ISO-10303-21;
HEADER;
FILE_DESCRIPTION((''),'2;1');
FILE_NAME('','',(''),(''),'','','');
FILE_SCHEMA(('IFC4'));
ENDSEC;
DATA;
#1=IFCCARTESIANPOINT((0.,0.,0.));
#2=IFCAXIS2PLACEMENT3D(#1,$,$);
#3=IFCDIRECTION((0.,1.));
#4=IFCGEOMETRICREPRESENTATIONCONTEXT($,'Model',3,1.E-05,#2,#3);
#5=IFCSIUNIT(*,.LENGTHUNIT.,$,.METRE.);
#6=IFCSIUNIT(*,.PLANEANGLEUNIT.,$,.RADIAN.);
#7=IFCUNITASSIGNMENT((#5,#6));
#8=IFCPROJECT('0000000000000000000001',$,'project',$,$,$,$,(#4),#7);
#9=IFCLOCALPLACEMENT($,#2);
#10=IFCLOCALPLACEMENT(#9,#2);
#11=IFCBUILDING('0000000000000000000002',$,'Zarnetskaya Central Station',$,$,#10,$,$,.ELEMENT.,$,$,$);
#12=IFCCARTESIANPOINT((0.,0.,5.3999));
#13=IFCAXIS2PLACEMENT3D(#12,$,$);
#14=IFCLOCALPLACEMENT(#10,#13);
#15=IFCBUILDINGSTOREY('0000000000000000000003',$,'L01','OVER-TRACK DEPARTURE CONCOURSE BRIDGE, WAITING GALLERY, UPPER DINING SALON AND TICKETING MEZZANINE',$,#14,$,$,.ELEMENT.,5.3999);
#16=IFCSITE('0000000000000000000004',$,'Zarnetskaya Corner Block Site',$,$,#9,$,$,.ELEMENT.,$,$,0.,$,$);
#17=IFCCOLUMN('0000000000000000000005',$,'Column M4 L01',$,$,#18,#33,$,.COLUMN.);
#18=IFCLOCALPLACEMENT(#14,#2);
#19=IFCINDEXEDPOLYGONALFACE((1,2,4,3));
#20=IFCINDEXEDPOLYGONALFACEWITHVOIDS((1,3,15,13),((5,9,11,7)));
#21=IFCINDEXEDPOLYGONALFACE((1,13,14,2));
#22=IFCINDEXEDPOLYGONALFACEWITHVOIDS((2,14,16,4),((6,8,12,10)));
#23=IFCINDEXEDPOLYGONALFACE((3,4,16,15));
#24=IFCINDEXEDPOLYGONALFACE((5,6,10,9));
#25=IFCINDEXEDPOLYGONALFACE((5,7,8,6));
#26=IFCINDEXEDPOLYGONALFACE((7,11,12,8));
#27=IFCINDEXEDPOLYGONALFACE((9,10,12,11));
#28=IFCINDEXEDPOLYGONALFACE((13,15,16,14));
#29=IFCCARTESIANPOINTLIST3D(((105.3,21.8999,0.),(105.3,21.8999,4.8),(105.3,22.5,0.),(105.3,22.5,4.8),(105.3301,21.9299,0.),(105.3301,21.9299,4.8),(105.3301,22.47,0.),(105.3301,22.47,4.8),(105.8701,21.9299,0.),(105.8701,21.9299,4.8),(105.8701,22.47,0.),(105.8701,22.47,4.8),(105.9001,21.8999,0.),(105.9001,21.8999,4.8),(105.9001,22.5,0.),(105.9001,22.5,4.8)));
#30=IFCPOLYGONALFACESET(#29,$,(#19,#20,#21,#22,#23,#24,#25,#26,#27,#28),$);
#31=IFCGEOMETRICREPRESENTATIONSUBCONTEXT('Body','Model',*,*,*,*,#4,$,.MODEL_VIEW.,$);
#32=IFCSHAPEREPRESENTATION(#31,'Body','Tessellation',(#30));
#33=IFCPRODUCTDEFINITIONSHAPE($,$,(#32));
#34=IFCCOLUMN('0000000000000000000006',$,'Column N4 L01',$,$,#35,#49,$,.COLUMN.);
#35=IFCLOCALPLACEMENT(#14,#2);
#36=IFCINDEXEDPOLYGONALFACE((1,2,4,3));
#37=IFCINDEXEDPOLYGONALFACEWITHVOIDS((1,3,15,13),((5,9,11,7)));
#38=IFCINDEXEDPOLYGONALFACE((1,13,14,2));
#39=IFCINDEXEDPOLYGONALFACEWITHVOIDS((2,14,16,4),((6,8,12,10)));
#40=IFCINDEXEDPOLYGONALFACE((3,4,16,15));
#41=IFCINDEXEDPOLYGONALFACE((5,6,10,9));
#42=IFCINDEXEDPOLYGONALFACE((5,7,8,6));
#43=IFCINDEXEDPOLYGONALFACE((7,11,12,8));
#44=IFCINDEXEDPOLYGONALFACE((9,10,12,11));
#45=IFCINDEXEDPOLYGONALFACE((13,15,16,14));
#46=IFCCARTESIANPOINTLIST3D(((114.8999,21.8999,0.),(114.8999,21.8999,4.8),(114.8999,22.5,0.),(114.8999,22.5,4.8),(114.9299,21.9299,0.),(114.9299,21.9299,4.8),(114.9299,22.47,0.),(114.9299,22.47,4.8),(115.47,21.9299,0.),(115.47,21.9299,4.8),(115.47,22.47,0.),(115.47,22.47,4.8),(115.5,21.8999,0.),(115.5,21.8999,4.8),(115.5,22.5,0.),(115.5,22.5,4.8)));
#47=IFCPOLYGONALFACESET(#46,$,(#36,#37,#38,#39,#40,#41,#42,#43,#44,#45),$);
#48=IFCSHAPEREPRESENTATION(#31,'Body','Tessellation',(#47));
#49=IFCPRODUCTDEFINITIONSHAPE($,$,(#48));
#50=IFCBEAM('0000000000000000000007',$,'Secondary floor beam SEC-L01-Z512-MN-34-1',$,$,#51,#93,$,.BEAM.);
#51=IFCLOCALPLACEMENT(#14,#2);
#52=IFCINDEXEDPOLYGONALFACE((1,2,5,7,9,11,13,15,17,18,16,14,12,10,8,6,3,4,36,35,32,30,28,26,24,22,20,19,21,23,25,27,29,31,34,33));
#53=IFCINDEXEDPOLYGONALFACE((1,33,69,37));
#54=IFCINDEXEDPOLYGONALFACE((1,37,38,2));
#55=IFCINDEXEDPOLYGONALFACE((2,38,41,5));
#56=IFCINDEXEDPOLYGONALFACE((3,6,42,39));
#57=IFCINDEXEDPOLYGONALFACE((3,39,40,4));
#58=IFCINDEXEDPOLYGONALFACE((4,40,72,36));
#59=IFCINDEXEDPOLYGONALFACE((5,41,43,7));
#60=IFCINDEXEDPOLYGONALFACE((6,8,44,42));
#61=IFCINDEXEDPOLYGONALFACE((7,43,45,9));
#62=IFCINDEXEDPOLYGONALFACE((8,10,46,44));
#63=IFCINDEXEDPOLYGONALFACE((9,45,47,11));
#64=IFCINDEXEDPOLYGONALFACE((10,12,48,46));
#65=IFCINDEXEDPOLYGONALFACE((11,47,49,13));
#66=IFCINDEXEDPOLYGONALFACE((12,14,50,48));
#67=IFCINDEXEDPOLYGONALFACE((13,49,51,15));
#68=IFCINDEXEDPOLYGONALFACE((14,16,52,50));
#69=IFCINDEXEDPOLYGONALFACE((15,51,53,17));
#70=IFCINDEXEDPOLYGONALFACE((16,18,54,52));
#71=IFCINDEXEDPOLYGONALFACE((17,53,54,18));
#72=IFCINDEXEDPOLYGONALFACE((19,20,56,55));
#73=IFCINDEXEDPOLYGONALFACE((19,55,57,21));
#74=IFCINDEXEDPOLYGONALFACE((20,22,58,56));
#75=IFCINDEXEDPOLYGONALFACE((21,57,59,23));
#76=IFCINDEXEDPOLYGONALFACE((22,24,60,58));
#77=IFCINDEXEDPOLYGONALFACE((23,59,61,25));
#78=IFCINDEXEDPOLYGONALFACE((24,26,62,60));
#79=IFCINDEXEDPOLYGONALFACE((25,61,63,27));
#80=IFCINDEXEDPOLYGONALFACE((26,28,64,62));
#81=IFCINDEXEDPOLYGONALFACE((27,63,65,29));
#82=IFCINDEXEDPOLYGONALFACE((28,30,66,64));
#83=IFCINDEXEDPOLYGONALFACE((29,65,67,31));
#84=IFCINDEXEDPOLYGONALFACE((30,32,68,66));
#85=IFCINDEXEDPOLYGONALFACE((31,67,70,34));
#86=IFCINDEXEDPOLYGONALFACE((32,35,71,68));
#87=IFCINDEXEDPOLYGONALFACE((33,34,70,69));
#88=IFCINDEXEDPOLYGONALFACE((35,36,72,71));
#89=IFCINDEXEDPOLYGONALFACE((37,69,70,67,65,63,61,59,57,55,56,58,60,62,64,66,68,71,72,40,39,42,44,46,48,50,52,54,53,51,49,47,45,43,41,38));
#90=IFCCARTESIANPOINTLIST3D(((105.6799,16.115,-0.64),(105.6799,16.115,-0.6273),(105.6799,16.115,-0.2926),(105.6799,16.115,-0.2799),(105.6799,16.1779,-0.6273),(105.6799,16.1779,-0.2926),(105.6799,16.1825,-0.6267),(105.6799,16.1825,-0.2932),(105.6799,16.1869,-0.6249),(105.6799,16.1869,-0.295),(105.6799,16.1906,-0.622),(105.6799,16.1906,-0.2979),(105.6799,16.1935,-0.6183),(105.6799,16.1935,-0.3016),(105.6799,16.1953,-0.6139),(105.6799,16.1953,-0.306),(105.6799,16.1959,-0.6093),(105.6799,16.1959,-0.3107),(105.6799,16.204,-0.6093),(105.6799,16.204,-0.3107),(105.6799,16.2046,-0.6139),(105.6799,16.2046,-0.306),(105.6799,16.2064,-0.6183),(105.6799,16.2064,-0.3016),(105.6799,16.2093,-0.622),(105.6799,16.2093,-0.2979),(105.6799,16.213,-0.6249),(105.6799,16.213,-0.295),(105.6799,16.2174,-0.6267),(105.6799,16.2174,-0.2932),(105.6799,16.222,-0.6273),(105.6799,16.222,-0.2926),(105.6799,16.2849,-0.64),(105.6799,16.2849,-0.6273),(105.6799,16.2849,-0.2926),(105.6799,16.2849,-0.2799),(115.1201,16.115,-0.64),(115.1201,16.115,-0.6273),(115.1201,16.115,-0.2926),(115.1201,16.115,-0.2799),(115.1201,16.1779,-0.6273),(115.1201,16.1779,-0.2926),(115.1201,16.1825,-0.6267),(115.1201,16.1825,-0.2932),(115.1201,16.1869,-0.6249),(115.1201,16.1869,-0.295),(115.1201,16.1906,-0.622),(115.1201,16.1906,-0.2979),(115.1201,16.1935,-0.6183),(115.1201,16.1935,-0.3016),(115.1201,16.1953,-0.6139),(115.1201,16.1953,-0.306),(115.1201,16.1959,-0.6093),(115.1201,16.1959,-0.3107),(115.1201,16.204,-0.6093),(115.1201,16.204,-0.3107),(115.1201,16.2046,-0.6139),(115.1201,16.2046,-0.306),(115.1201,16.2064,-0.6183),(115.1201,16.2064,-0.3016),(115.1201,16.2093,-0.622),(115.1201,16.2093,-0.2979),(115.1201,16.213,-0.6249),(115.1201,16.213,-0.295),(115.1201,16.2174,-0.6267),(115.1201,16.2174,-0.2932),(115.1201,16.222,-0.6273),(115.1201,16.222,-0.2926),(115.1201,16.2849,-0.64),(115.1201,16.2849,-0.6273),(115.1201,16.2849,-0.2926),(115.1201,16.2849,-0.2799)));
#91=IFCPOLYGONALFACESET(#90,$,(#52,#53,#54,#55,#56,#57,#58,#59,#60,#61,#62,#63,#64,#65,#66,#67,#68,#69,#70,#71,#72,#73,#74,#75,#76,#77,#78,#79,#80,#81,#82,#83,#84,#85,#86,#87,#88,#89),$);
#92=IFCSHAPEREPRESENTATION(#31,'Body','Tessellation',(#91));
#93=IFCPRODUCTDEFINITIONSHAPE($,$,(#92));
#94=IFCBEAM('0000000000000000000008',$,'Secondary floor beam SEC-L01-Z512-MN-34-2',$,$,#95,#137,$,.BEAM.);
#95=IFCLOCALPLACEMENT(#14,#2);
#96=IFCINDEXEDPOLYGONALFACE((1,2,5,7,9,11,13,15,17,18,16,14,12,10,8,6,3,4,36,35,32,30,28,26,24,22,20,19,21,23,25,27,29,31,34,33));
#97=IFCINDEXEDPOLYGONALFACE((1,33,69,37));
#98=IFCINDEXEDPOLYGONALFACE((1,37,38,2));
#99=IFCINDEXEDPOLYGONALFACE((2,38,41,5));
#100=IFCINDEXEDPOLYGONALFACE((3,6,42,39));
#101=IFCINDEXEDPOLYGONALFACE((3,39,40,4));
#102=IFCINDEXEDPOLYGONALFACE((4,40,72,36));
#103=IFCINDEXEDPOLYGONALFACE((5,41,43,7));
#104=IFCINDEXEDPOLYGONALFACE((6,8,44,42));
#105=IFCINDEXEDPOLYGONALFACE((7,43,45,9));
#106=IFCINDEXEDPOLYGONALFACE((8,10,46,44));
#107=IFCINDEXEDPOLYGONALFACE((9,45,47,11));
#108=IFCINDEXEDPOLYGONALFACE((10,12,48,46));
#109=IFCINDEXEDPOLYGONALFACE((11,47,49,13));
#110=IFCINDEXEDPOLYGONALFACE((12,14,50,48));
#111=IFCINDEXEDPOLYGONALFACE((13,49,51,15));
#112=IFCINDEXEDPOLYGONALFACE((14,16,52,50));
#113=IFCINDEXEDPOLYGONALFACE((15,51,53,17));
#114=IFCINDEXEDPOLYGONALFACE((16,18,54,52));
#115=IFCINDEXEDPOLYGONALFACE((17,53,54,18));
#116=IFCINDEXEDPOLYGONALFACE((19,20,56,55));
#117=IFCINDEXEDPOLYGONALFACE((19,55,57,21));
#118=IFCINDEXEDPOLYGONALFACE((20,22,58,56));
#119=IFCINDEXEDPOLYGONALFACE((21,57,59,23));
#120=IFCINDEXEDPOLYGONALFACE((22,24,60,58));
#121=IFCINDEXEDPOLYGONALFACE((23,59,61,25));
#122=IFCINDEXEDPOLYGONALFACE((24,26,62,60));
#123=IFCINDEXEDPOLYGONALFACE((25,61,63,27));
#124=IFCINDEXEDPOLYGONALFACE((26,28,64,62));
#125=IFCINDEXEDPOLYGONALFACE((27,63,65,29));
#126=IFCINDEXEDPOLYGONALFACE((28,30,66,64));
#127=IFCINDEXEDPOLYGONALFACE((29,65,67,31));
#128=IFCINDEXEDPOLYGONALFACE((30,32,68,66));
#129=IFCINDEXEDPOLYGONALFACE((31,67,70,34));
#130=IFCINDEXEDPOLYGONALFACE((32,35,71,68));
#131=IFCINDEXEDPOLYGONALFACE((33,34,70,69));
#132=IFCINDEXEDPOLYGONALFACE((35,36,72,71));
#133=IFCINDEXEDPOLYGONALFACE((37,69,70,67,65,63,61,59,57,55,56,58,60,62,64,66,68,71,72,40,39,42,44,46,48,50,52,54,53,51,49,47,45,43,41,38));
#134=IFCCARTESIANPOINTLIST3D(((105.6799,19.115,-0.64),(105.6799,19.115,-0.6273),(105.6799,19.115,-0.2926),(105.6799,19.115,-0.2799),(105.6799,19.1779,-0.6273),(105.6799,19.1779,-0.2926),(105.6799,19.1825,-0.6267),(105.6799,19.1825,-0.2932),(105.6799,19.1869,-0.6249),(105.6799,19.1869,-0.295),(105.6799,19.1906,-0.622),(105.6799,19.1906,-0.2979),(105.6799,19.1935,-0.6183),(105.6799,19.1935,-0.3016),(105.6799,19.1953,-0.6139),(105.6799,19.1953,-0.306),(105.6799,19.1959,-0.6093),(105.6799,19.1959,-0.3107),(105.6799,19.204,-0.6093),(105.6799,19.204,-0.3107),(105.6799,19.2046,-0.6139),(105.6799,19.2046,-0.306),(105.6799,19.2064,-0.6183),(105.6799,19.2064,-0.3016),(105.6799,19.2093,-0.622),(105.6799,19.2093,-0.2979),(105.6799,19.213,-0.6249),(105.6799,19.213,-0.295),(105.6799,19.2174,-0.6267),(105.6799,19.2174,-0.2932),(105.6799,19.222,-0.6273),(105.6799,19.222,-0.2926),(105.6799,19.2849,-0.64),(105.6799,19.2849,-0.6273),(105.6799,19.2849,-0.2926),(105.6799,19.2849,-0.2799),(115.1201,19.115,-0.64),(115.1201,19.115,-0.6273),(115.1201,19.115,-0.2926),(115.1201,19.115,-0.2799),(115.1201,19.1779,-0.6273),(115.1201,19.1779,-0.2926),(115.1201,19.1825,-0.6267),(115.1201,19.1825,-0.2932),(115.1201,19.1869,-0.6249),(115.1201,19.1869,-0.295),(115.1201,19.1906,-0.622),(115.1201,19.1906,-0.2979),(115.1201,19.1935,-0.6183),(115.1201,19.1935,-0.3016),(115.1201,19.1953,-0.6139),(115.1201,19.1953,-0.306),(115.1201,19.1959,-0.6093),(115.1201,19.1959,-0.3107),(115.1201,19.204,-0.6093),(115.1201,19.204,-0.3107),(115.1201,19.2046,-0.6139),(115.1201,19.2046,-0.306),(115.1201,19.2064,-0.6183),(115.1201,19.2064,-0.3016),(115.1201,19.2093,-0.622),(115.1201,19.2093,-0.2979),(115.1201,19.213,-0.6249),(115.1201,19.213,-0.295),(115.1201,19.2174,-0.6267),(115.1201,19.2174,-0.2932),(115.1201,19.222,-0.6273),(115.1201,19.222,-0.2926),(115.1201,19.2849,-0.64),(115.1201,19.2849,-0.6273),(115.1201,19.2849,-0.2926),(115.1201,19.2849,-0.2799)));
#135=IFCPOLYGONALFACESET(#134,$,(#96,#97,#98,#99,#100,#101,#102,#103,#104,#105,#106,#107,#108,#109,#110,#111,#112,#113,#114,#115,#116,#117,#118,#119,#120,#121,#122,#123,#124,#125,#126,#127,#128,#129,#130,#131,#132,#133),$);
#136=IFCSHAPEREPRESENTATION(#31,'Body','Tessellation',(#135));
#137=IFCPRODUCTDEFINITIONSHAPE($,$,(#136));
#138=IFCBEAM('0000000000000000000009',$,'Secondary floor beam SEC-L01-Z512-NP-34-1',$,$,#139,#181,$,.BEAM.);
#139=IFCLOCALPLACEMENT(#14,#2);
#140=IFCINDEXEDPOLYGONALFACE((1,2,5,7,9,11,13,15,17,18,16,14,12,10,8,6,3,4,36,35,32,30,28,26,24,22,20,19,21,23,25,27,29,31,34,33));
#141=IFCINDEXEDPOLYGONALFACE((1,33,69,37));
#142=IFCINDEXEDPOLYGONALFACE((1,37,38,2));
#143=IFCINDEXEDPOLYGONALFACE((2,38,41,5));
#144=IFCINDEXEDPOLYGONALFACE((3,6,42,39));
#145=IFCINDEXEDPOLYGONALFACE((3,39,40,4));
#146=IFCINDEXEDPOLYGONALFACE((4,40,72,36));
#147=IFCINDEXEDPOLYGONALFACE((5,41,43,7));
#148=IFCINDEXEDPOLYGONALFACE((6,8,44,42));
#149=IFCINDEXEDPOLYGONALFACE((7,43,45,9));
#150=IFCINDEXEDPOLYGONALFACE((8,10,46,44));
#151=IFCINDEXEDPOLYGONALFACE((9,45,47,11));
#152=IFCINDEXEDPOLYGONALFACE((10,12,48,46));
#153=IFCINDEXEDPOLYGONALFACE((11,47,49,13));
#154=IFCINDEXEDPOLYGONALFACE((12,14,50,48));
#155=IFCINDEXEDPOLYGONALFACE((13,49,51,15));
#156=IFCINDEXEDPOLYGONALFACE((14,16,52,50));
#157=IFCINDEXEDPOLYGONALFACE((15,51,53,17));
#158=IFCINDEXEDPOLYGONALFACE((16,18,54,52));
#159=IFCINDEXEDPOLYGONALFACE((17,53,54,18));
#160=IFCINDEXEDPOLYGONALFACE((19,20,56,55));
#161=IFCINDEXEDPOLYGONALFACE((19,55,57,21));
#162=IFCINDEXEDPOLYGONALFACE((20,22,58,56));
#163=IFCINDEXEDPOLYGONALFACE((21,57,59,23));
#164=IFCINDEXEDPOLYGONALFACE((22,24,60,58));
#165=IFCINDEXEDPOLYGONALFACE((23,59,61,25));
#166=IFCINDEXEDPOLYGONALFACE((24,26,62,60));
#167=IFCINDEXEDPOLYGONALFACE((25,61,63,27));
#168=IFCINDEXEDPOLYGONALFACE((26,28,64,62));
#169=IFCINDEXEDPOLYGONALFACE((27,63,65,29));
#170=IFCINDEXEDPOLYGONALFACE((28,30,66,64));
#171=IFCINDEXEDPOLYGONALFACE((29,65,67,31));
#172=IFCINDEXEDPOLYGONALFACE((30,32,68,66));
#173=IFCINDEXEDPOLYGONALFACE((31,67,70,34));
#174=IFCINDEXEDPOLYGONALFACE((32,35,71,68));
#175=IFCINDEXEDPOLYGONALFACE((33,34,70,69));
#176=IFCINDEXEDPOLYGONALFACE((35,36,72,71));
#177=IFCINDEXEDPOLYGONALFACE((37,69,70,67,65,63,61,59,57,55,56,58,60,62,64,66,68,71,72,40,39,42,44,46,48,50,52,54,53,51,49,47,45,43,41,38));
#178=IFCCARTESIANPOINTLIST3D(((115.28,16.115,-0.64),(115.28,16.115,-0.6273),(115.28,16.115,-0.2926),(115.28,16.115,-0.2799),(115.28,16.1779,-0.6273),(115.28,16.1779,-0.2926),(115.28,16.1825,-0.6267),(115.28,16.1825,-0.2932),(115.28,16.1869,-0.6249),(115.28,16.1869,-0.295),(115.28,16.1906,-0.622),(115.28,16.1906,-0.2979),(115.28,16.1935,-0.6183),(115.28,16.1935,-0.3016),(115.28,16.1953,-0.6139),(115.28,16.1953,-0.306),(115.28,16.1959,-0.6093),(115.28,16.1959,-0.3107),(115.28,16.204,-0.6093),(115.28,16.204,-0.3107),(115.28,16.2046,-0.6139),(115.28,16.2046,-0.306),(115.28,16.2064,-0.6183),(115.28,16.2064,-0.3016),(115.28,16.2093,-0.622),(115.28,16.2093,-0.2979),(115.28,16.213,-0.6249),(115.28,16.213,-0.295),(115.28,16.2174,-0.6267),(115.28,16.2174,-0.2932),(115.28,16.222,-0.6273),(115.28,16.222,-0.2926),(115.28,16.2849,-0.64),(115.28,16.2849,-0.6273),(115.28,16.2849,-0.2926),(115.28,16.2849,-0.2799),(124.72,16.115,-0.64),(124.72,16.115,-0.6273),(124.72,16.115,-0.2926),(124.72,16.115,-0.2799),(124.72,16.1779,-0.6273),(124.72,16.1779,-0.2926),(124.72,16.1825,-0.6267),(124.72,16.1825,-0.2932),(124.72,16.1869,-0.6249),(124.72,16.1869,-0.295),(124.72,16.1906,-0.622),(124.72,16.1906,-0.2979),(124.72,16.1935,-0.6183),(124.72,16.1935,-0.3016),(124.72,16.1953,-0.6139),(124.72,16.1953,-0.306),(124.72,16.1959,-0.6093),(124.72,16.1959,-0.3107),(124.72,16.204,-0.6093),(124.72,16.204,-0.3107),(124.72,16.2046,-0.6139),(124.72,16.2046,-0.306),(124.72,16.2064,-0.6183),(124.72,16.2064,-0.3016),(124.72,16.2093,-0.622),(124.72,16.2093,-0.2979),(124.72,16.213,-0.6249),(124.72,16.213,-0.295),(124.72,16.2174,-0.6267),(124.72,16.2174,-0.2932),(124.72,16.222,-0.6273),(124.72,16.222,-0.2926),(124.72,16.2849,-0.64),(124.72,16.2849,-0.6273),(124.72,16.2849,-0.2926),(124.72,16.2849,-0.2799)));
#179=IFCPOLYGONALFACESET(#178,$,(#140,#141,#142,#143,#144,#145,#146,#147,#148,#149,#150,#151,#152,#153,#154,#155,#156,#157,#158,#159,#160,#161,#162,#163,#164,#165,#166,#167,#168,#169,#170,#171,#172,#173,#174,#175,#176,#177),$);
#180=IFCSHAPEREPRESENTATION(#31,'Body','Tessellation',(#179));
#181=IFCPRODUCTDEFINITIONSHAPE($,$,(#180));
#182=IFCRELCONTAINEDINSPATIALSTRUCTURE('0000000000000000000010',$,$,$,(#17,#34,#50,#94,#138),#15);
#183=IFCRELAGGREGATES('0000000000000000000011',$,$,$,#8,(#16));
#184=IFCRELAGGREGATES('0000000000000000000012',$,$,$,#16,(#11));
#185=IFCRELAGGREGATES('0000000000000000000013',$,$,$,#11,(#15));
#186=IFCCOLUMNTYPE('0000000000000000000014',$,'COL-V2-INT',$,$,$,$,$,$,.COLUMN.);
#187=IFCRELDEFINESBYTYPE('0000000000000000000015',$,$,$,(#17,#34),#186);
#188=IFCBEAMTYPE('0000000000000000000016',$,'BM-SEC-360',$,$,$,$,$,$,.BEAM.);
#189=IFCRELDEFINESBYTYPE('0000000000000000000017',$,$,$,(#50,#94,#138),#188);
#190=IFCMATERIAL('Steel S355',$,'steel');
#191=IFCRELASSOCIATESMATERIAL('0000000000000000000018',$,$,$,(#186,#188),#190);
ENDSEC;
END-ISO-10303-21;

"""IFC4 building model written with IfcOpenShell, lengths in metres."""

from ifc_helpers import new_model, si_unit, direction, frame, origin, origin_2d, place, context, subcontext, project, spatial, hollow_rectangle, i_section, extrude, material, material_profile, profile_set, type_object, element, save


model = new_model("IFC4")

# Units and contexts
model_context = context("Model", 3, precision=1e-05, world=origin(), true_north=direction((0.0, 1.0)))
body_context = subcontext(model_context, "Body", "Model", "MODEL_VIEW")
ifc_project = project(units=[si_unit("LENGTHUNIT", "METRE"), si_unit("PLANEANGLEUNIT", "RADIAN")], contexts=[model_context])

# Site, building, storey
site_placement = place(None, origin())
site = spatial("IfcSite", under=ifc_project, at=site_placement, Name="Zarnetskaya Corner Block Site", CompositionType="ELEMENT", RefElevation=0.0)
building_placement = place(site_placement, origin())
building = spatial("IfcBuilding", under=site, at=building_placement, Name="Zarnetskaya Central Station", CompositionType="ELEMENT")
storey_placement = place(building_placement, frame((0.0, 0.0, 5.3999)))
storey = spatial("IfcBuildingStorey", under=building, at=storey_placement, Name="L01", Description="OVER-TRACK DEPARTURE CONCOURSE BRIDGE, WAITING GALLERY, UPPER DINING SALON AND TICKETING MEZZANINE", CompositionType="ELEMENT", Elevation=5.3999)

# Columns
ifc_material_1 = material(Name="Steel S355", Category="steel")
ifc_material_profile_1 = material_profile(ifc_material_1, hollow_rectangle(XDim=0.6001, YDim=0.6001, WallThickness=0.03, at=origin_2d()), Name="BOX 600x600x30")
ifc_profile_set_1 = profile_set([ifc_material_profile_1], Name="Steel S355")
column_type = type_object("IfcColumnType", Name="COL-V2-INT", PredefinedType="COLUMN", material=ifc_profile_set_1)
for number, where, z_axis, x_axis, name in (
    (1, (105.6001, 22.2, 0.0), (0.0, 0.0, 1.0), (1.0, 0.0, 0.0), "Column M4 L01"),
    (2, (115.2, 22.2, 0.0), (0.0, 0.0, 1.0), (1.0, 0.0, 0.0), "Column N4 L01"),
):
    element("IfcColumn", number, at=place(storey_placement, frame(where, z_axis=z_axis, x_axis=x_axis)), inside=storey, type_object=column_type, Name=name, PredefinedType="COLUMN", context=body_context, shape_type="SweptSolid", body=[
        extrude(hollow_rectangle(XDim=0.6001, YDim=0.6001, WallThickness=0.03, at=origin_2d()), origin(), (0.0, 0.0, 1.0), 4.8),
    ])

# Beams
ifc_material_profile_2 = material_profile(ifc_material_1, i_section(OverallWidth=0.1699, OverallDepth=0.3601, WebThickness=0.0081, FlangeThickness=0.0127, FilletRadius=0.0181, at=origin_2d()), Name="IPE 360")
ifc_profile_set_2 = profile_set([ifc_material_profile_2], Name="Steel S355")
beam_type_1 = type_object("IfcBeamType", Name="BM-SEC-360", PredefinedType="BEAM", material=ifc_profile_set_2)
for number, where, z_axis, x_axis, name in (
    (3, (105.6799, 16.2, -0.46), (1.0, 0.0, 0.0), (0.0, 1.0, 0.0), "Secondary floor beam SEC-L01-Z512-MN-34-1"),
    (4, (105.6799, 19.2, -0.46), (1.0, 0.0, 0.0), (0.0, 1.0, 0.0), "Secondary floor beam SEC-L01-Z512-MN-34-2"),
):
    element("IfcBeam", number, at=place(storey_placement, frame(where, z_axis=z_axis, x_axis=x_axis)), inside=storey, type_object=beam_type_1, Name=name, PredefinedType="BEAM", context=body_context, shape_type="SweptSolid", body=[
        extrude(i_section(OverallWidth=0.1699, OverallDepth=0.3601, WebThickness=0.0081, FlangeThickness=0.0127, FilletRadius=0.0181, at=origin_2d()), origin(), (0.0, 0.0, 1.0), 9.4402),
    ])
for number, where, z_axis, x_axis, name in (
    (5, (115.28, 16.2, -0.46), (1.0, 0.0, 0.0), (0.0, 1.0, 0.0), "Secondary floor beam SEC-L01-Z512-NP-34-1"),
):
    element("IfcBeam", number, at=place(storey_placement, frame(where, z_axis=z_axis, x_axis=x_axis)), inside=storey, type_object=beam_type_1, Name=name, PredefinedType="BEAM", context=body_context, shape_type="SweptSolid", body=[
        extrude(i_section(OverallWidth=0.1699, OverallDepth=0.3601, WebThickness=0.0081, FlangeThickness=0.0127, FilletRadius=0.0181, at=origin_2d()), origin(), (0.0, 0.0, 1.0), 9.4399),
    ])

save(model, "model.ifc")
